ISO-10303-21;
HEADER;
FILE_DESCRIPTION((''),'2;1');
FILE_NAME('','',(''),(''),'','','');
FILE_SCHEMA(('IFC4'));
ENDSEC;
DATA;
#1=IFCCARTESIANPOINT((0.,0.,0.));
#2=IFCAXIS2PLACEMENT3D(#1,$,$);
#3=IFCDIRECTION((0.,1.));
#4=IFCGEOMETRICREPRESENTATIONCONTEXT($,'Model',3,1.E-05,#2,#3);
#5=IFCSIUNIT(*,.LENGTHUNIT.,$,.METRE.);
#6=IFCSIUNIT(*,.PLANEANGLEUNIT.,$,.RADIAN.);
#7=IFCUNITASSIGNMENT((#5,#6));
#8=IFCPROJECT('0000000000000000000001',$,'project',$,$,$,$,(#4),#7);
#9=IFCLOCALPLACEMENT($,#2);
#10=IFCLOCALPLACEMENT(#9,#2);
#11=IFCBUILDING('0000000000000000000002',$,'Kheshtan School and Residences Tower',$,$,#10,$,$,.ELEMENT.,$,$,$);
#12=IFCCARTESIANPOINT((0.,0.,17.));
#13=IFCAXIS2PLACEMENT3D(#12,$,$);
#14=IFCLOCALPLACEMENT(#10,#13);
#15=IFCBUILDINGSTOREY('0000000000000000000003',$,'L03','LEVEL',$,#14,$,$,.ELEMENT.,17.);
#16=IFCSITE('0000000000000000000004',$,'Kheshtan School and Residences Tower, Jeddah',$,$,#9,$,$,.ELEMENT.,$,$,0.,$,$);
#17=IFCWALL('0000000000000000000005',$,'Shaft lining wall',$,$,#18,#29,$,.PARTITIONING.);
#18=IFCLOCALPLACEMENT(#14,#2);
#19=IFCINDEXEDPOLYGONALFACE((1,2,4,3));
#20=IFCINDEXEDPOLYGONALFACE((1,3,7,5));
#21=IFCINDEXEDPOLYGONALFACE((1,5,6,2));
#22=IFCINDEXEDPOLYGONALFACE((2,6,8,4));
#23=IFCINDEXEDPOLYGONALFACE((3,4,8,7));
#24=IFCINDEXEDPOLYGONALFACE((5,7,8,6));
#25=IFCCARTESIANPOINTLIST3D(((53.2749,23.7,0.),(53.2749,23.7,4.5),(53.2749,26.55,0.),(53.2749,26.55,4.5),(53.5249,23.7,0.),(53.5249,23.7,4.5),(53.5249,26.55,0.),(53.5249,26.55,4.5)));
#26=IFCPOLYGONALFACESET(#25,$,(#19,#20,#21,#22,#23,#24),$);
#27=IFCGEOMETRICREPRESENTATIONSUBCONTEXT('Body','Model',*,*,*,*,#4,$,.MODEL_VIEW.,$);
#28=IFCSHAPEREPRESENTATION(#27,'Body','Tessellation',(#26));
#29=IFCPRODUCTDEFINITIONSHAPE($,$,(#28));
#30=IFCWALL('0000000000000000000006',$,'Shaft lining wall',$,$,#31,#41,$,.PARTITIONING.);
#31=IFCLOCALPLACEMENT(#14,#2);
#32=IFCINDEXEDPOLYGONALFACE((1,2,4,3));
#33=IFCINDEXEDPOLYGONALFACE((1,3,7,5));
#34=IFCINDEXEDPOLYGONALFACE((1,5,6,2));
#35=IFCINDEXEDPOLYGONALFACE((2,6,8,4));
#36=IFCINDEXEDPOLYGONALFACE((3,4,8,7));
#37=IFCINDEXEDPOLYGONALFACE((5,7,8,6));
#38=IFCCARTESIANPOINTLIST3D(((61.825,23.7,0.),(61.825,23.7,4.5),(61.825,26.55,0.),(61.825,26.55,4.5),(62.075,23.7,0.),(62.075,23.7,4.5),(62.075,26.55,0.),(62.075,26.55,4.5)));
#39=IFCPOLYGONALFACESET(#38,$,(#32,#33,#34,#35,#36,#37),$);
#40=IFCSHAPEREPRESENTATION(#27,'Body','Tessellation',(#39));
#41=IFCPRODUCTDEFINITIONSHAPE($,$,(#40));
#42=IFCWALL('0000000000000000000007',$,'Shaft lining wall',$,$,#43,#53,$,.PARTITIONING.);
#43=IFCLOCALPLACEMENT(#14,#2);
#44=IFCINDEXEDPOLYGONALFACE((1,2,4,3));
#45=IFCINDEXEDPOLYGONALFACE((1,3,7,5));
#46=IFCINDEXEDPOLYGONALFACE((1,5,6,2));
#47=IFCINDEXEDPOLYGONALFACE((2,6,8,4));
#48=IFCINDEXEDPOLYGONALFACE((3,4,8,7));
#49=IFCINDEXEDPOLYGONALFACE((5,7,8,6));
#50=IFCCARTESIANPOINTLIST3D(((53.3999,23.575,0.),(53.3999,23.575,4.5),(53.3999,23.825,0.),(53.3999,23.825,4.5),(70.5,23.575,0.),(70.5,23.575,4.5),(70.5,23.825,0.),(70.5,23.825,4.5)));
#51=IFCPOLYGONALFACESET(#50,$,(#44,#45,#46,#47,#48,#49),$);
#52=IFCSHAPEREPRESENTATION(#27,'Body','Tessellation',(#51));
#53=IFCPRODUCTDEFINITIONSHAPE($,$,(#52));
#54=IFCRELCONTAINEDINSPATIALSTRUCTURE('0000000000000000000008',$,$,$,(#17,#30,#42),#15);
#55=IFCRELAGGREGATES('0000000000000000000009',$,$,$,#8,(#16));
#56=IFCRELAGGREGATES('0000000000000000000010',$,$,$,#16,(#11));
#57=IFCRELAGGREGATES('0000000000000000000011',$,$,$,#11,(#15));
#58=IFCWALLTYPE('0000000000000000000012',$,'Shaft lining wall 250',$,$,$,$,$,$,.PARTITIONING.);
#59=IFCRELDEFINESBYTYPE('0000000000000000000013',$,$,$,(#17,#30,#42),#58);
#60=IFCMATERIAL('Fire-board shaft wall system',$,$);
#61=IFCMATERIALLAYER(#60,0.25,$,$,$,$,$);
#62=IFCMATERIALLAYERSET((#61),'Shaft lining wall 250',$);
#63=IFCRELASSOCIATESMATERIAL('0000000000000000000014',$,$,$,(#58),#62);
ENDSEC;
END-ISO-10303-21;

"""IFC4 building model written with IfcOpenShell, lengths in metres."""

from ifc_helpers import new_model, si_unit, direction, frame, frame_2d, origin, place, context, subcontext, project, spatial, rectangle, extrude, material, layer, layer_set, type_object, element, save


model = new_model("IFC4")

# Units and contexts
model_context = context("Model", 3, precision=1e-05, world=origin(), true_north=direction((0.0, 1.0)))
body_context = subcontext(model_context, "Body", "Model", "MODEL_VIEW")
ifc_project = project(units=[si_unit("LENGTHUNIT", "METRE"), si_unit("PLANEANGLEUNIT", "RADIAN")], contexts=[model_context])

# Site, building, storey
site_placement = place(None, origin())
site = spatial("IfcSite", under=ifc_project, at=site_placement, Name="Kheshtan School and Residences Tower, Jeddah", CompositionType="ELEMENT", RefElevation=0.0)
building_placement = place(site_placement, origin())
building = spatial("IfcBuilding", under=site, at=building_placement, Name="Kheshtan School and Residences Tower", CompositionType="ELEMENT")
storey_placement = place(building_placement, frame((0.0, 0.0, 17.0)))
storey = spatial("IfcBuildingStorey", under=building, at=storey_placement, Name="L03", Description="LEVEL", CompositionType="ELEMENT", Elevation=17.0)

# Walls
ifc_material_1 = material(Name="Fire-board shaft wall system")
ifc_layer_1 = layer(ifc_material_1, 0.25)
ifc_layer_set_1 = layer_set([ifc_layer_1], Name="Shaft lining wall 250")
wall_type_1 = type_object("IfcWallType", Name="Shaft lining wall 250", PredefinedType="PARTITIONING", material=ifc_layer_set_1)
for number, where, z_axis, x_axis, name in (
    (1, (53.3999, 23.7, 0.0), (0.0, 0.0, 1.0), (0.0, 1.0, 0.0), "Shaft lining wall"),
    (2, (61.95, 23.7, 0.0), (0.0, 0.0, 1.0), (0.0, 1.0, 0.0), "Shaft lining wall"),
):
    element("IfcWall", number, at=place(storey_placement, frame(where, z_axis=z_axis, x_axis=x_axis)), inside=storey, type_object=wall_type_1, Name=name, PredefinedType="PARTITIONING", context=body_context, shape_type="SweptSolid", body=[
        extrude(rectangle(XDim=2.8501, YDim=0.25, at=frame_2d((1.425, 0.0))), origin(), (0.0, 0.0, 1.0), 4.5),
    ])
wall_1_placement = place(storey_placement, frame((53.3999, 23.7, 0.0), z_axis=(0.0, 0.0, 1.0), x_axis=(1.0, 0.0, 0.0)))
element("IfcWall", 3, at=wall_1_placement, inside=storey, type_object=wall_type_1, Name="Shaft lining wall", PredefinedType="PARTITIONING", context=body_context, shape_type="SweptSolid", body=[
    extrude(rectangle(XDim=17.1001, YDim=0.25, at=frame_2d((8.55, 0.0))), origin(), (0.0, 0.0, 1.0), 4.5),
])

save(model, "model.ifc")
